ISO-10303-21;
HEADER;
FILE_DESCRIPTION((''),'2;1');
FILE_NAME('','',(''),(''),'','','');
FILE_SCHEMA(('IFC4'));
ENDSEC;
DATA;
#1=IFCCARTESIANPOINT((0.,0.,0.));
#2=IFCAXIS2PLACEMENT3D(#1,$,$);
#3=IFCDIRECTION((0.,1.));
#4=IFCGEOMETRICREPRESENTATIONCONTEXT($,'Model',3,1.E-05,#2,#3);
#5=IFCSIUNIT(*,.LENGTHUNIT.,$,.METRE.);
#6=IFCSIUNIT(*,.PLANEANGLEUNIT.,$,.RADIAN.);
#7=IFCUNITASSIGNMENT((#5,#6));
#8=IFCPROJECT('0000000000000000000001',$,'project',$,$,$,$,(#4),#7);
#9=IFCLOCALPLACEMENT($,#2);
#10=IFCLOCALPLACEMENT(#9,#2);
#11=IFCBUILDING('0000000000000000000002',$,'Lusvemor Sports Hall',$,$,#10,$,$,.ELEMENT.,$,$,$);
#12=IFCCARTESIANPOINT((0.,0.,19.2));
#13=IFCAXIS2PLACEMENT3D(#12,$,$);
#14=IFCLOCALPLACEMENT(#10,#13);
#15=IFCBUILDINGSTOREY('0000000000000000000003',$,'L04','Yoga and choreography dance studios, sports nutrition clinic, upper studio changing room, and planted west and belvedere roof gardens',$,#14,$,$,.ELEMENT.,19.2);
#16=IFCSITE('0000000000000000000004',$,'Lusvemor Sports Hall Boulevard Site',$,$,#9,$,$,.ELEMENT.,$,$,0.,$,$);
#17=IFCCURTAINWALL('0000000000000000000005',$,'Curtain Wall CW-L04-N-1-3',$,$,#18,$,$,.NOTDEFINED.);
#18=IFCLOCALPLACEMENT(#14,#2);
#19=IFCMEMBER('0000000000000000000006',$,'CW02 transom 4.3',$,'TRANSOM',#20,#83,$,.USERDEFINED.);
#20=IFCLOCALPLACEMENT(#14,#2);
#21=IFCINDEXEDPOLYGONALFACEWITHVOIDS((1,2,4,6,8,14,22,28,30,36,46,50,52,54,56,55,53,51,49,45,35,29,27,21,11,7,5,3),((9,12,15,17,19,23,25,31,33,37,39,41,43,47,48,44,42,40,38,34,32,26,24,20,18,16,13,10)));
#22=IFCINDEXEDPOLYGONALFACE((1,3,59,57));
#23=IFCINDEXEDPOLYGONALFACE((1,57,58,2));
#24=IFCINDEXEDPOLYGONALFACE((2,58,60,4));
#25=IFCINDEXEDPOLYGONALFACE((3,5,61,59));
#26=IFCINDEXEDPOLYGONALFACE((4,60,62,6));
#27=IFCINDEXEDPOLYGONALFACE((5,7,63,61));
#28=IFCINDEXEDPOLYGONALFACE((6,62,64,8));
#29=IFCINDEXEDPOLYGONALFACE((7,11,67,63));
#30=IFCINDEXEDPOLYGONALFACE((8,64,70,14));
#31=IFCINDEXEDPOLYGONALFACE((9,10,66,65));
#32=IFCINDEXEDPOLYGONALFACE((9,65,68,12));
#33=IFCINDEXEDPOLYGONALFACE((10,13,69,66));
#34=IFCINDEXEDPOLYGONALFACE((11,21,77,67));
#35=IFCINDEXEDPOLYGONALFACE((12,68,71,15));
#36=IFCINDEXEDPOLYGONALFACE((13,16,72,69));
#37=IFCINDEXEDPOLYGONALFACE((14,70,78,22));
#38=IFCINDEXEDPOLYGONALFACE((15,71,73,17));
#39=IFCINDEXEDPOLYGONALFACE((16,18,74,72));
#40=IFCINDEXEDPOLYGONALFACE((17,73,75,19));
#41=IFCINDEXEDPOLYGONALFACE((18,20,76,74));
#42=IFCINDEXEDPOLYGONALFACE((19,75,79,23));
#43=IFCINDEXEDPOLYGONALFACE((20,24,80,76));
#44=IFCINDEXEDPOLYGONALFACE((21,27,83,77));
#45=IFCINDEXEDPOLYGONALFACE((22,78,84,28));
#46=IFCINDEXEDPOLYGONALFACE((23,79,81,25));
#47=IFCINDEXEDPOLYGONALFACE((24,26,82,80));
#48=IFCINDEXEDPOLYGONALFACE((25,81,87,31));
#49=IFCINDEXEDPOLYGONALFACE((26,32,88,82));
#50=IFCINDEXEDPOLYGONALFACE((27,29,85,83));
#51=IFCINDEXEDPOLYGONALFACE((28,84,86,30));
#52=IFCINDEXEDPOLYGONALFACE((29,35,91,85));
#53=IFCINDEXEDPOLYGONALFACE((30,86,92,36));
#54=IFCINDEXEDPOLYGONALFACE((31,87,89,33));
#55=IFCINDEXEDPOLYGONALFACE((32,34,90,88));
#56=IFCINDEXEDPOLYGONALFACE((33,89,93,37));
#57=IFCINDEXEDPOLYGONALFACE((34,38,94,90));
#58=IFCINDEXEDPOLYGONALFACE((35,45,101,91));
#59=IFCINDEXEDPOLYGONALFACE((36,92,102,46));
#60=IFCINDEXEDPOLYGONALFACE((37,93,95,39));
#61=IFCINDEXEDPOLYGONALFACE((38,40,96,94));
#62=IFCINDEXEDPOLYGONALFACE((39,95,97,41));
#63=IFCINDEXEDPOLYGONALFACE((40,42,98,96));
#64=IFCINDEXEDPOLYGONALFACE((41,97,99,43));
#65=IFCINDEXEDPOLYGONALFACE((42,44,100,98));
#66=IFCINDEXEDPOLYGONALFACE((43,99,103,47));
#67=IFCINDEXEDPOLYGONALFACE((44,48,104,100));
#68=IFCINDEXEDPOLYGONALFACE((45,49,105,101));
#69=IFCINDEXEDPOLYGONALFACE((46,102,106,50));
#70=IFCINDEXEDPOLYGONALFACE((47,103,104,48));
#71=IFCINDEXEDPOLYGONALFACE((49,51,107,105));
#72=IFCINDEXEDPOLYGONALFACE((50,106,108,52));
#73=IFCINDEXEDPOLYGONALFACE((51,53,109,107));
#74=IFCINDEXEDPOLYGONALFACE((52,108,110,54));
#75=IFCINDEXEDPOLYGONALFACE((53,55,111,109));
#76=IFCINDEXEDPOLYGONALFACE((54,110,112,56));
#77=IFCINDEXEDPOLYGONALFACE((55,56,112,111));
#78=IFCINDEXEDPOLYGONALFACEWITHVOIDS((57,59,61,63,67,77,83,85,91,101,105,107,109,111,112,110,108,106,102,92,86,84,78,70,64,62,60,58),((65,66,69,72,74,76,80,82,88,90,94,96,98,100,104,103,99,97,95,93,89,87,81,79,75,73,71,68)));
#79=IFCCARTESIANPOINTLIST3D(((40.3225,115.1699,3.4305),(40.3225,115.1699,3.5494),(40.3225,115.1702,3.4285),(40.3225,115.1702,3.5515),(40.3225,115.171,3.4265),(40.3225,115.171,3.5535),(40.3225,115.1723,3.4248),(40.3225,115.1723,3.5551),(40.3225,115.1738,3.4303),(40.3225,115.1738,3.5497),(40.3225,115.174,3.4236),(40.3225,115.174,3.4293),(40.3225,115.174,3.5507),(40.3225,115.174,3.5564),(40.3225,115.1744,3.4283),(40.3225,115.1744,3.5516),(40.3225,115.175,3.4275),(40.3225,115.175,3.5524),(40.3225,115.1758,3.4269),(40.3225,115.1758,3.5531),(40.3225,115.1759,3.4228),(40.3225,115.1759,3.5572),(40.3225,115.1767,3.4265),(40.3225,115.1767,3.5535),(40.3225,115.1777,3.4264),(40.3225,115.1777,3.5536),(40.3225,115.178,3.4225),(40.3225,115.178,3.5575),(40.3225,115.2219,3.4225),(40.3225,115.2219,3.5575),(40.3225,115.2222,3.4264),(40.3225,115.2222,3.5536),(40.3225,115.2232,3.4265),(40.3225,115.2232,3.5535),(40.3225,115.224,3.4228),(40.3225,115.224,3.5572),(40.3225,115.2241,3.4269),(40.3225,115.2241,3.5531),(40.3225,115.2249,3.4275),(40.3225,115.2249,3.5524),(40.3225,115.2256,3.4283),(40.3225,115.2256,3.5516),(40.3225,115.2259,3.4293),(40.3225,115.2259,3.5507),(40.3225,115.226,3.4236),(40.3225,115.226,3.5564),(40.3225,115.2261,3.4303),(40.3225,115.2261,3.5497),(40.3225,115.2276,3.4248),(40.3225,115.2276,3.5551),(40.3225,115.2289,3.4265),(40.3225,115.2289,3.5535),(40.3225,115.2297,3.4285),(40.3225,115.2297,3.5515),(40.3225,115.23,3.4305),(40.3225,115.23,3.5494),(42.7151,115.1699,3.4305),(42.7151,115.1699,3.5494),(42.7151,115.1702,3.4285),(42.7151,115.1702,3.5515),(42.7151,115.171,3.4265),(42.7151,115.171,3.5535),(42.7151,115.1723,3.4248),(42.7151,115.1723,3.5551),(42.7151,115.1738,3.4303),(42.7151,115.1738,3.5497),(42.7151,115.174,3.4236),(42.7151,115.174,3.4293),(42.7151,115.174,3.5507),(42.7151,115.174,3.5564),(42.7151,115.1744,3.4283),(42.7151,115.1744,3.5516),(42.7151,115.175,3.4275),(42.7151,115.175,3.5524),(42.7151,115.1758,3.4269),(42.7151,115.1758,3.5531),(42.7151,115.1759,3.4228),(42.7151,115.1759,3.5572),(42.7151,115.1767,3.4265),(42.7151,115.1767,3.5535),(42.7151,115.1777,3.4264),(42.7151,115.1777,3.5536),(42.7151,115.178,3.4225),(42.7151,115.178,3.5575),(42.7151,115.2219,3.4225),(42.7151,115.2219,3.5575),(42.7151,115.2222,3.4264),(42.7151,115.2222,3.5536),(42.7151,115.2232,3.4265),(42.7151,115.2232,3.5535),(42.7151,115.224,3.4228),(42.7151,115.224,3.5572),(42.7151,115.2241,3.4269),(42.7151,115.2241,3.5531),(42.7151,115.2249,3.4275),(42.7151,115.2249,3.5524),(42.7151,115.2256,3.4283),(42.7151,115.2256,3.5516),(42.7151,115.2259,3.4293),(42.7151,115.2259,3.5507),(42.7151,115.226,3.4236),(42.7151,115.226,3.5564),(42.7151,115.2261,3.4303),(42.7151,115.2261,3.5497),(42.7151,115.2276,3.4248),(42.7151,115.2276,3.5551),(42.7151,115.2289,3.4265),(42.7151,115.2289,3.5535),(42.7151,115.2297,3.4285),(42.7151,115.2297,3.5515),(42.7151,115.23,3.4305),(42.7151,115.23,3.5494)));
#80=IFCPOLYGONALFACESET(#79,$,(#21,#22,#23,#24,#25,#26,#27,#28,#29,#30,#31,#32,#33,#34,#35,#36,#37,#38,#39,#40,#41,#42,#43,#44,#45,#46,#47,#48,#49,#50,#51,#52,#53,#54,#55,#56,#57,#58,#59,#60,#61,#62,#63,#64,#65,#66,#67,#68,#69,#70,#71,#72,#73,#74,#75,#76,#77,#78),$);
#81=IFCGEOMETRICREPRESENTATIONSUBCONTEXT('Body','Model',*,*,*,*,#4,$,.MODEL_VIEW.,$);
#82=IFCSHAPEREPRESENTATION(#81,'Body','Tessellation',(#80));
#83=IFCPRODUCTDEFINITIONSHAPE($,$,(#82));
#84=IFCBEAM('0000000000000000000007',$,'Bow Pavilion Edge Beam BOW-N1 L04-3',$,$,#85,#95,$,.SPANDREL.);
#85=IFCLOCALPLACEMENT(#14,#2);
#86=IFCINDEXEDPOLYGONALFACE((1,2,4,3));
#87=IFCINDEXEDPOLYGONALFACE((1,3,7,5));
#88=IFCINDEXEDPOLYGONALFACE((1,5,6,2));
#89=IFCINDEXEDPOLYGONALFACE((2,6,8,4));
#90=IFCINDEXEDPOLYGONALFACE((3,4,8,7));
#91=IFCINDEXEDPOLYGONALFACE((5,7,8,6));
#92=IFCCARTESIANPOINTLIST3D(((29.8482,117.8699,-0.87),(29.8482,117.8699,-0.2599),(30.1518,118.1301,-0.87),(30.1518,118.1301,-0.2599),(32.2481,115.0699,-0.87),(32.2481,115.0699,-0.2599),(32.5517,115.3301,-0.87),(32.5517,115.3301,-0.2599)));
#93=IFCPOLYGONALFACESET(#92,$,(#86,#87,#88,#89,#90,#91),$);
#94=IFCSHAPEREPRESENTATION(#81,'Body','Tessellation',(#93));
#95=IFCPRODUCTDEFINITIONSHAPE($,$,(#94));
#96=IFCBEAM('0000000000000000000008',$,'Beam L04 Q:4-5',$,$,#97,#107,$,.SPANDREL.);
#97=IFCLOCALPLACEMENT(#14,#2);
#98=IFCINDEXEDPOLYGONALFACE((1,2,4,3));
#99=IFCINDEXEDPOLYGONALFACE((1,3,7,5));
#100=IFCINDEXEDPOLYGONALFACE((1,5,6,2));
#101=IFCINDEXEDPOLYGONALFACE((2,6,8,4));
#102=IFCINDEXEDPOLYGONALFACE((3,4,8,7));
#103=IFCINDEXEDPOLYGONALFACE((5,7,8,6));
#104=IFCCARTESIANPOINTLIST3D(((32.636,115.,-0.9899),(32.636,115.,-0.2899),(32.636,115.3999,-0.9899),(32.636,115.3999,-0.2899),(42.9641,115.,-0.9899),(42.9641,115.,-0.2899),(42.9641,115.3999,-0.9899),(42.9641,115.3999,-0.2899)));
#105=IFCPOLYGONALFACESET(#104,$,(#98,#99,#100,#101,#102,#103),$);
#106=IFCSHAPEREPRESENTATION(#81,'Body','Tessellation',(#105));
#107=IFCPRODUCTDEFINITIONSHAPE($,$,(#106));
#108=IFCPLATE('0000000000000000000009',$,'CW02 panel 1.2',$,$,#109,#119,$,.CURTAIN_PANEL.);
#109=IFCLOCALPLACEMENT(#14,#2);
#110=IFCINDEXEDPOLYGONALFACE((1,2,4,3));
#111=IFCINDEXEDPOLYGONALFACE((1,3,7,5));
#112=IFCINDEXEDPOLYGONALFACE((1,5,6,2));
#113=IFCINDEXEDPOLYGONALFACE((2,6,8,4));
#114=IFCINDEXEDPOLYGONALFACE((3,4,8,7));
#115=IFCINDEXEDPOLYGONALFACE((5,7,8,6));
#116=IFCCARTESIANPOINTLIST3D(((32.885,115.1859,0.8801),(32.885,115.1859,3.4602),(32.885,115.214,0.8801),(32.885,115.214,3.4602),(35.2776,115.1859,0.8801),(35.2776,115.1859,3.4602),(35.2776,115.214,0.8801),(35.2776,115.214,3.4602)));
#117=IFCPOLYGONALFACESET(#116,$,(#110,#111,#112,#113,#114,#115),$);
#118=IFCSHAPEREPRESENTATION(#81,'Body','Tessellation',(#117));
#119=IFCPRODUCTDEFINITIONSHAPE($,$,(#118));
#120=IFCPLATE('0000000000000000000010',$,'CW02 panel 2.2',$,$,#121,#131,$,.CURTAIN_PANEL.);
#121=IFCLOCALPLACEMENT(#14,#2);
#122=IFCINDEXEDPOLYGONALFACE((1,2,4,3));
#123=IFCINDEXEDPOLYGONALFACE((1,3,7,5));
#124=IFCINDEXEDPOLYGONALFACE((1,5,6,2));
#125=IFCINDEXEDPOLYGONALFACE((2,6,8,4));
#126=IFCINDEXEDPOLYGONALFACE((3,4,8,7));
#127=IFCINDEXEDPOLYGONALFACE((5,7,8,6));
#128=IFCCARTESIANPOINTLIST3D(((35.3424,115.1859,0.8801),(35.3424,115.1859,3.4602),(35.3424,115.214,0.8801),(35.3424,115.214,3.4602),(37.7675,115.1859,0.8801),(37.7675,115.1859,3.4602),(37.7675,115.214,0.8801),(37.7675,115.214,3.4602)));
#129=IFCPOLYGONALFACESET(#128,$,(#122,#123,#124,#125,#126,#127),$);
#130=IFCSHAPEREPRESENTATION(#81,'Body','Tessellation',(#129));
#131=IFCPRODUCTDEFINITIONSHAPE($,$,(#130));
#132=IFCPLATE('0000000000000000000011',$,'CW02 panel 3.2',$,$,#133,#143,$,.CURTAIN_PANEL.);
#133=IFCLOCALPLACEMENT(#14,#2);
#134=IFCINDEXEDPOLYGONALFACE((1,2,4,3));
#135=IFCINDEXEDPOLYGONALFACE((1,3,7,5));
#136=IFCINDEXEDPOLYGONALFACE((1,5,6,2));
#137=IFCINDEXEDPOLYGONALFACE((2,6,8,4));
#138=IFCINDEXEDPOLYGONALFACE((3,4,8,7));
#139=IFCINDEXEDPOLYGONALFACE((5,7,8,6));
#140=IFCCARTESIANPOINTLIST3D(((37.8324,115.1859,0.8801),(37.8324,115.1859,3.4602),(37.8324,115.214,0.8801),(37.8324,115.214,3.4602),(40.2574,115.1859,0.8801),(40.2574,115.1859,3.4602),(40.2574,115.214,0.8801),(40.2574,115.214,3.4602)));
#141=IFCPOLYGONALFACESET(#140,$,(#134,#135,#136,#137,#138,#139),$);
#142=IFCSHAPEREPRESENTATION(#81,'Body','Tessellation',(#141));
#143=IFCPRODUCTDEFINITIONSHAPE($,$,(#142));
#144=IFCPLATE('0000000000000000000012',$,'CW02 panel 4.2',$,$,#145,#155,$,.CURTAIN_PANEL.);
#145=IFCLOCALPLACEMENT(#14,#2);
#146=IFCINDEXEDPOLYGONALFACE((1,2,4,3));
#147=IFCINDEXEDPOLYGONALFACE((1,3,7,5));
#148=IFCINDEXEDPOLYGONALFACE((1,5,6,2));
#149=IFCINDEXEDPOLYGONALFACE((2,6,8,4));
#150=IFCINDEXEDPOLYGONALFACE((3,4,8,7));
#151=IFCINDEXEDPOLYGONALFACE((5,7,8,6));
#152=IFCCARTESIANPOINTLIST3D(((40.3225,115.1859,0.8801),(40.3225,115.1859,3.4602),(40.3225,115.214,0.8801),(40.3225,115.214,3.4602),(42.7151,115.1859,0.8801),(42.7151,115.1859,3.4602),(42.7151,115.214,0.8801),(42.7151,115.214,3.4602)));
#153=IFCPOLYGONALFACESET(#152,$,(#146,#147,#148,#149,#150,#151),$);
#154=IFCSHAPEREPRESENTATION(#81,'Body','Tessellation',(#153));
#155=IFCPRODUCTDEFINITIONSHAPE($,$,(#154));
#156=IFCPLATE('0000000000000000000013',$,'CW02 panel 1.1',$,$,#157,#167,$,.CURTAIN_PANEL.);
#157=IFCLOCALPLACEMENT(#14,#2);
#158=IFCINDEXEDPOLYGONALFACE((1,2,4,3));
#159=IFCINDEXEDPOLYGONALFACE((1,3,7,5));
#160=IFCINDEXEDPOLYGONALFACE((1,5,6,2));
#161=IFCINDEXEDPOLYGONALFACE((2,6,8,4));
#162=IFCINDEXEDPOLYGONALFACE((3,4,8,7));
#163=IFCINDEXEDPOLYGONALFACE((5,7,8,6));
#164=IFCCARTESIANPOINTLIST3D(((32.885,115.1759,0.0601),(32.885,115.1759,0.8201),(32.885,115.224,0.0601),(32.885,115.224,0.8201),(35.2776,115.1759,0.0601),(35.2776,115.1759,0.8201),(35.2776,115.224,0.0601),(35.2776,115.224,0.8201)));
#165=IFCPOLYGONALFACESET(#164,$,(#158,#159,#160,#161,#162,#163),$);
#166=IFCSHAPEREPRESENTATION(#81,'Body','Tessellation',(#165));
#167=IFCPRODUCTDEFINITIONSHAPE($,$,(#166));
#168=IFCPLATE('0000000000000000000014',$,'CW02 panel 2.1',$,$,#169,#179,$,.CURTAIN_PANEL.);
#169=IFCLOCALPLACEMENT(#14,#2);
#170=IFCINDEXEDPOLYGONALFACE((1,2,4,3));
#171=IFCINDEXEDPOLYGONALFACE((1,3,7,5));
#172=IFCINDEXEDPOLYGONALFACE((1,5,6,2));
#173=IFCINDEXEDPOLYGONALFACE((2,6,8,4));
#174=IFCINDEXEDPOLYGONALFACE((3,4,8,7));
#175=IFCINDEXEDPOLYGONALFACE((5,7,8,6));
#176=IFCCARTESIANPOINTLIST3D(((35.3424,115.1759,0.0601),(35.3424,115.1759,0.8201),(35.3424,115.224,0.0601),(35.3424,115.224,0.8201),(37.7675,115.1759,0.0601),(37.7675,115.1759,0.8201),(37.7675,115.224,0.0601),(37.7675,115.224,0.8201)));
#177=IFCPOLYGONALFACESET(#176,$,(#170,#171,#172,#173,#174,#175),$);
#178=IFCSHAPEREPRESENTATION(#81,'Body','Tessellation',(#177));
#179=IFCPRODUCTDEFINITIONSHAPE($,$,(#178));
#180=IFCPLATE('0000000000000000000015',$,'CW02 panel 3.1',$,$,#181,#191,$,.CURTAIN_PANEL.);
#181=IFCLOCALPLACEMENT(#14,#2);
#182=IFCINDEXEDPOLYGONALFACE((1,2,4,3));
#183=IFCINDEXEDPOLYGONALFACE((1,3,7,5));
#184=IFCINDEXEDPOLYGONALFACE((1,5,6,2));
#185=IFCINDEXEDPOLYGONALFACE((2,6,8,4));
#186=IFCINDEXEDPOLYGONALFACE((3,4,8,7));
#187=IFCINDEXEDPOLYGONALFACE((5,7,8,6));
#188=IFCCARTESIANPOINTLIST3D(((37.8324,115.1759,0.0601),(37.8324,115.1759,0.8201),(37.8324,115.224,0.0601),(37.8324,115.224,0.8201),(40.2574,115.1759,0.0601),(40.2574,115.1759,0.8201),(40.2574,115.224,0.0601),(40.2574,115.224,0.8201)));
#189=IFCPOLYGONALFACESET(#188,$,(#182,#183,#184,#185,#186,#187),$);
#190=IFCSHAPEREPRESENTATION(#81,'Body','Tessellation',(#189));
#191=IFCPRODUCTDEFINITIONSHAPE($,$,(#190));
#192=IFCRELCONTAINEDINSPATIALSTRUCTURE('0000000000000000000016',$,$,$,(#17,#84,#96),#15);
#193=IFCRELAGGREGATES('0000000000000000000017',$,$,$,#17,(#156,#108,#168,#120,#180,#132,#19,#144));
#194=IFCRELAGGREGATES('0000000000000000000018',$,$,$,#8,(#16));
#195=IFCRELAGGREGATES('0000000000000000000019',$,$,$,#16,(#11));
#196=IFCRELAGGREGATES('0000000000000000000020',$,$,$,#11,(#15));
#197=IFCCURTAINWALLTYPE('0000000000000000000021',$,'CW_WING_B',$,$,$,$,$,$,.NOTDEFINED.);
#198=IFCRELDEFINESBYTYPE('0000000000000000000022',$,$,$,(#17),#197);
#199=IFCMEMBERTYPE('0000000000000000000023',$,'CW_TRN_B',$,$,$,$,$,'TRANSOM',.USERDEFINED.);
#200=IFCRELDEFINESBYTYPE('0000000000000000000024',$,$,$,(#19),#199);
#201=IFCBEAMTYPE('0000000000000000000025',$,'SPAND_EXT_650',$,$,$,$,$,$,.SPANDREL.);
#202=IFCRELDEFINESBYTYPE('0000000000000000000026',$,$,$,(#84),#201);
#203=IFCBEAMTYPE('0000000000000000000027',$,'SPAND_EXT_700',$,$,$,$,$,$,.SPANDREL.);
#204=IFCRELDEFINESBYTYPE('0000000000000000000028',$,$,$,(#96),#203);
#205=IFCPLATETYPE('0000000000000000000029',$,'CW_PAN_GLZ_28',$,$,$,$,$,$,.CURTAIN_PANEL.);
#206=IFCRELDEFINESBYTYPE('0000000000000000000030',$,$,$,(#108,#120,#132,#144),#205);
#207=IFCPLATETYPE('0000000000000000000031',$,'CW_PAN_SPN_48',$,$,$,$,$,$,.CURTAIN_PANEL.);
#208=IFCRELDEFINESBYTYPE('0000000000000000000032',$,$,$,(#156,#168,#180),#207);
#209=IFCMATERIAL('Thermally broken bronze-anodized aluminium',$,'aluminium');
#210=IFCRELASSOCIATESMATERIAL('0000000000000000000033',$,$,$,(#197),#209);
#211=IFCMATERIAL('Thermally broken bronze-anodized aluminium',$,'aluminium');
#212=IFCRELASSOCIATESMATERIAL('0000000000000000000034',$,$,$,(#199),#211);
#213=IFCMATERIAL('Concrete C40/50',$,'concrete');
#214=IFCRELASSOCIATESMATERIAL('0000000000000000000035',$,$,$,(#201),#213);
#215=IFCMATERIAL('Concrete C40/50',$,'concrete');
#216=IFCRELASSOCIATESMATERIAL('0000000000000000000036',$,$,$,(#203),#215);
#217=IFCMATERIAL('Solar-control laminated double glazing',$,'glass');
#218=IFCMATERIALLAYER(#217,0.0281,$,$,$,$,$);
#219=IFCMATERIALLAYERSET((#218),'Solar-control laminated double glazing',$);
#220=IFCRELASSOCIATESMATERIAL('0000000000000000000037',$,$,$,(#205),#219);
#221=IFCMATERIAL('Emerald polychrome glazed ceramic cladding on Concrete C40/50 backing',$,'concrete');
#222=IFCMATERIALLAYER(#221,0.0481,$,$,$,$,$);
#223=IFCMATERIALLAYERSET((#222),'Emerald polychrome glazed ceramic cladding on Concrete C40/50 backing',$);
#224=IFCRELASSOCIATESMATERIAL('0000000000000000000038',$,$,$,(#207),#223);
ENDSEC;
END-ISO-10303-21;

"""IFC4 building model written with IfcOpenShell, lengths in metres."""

from ifc_helpers import new_model, si_unit, direction, frame, origin, origin_2d, place, context, subcontext, project, spatial, rectangle, hollow_rectangle, extrude, material, layer, layer_set, material_profile, profile_set, type_object, element, aggregate, save


model = new_model("IFC4")

# Units and contexts
model_context = context("Model", 3, precision=1e-05, world=origin(), true_north=direction((0.0, 1.0)))
body_context = subcontext(model_context, "Body", "Model", "MODEL_VIEW")
ifc_project = project(units=[si_unit("LENGTHUNIT", "METRE"), si_unit("PLANEANGLEUNIT", "RADIAN")], contexts=[model_context])

# Site, building, storey
site_placement = place(None, origin())
site = spatial("IfcSite", under=ifc_project, at=site_placement, Name="Lusvemor Sports Hall Boulevard Site", CompositionType="ELEMENT", RefElevation=0.0)
building_placement = place(site_placement, origin())
building = spatial("IfcBuilding", under=site, at=building_placement, Name="Lusvemor Sports Hall", CompositionType="ELEMENT")
storey_placement = place(building_placement, frame((0.0, 0.0, 19.2)))
storey = spatial("IfcBuildingStorey", under=building, at=storey_placement, Name="L04", Description="Yoga and choreography dance studios, sports nutrition clinic, upper studio changing room, and planted west and belvedere roof gardens", CompositionType="ELEMENT", Elevation=19.2)

# Curtain wall, member
ifc_material_1 = material(Name="Thermally broken bronze-anodized aluminium", Category="aluminium")
curtain_wall_type_1 = type_object("IfcCurtainWallType", Name="CW_WING_B", PredefinedType="NOTDEFINED", material=ifc_material_1)
curtain_wall_1_placement = place(storey_placement, origin())
curtain_wall_1 = element("IfcCurtainWall", 1, at=curtain_wall_1_placement, inside=storey, type_object=curtain_wall_type_1, Name="Curtain Wall CW-L04-N-1-3", PredefinedType="NOTDEFINED")
ifc_material_2 = material(Name="Thermally broken bronze-anodized aluminium", Category="aluminium")
ifc_material_profile_1 = material_profile(ifc_material_2, hollow_rectangle(XDim=0.0601, YDim=0.135, WallThickness=0.0039, InnerFilletRadius=0.0039, OuterFilletRadius=0.0081, at=origin_2d()), Name="CWTRN135x60x4")
ifc_profile_set_1 = profile_set([ifc_material_profile_1], Name="Thermally broken bronze-anodized aluminium")
member_type_1 = type_object("IfcMemberType", Name="CW_TRN_B", ElementType="TRANSOM", PredefinedType="USERDEFINED", material=ifc_profile_set_1)
member_1_placement = place(storey_placement, frame((40.3225, 115.2, 3.49), z_axis=(1.0, 0.0, 0.0), x_axis=(0.0, 1.0, 0.0)))
member_1 = element("IfcMember", 2, at=member_1_placement, type_object=member_type_1, Name="CW02 transom 4.3", ObjectType="TRANSOM", PredefinedType="USERDEFINED", context=body_context, shape_type="SweptSolid", body=[
    extrude(hollow_rectangle(XDim=0.0601, YDim=0.135, WallThickness=0.0039, InnerFilletRadius=0.0039, OuterFilletRadius=0.0081, at=origin_2d()), origin(), (0.0, 0.0, 1.0), 2.3926),
])

# Beams
ifc_material_3 = material(Name="Concrete C40/50", Category="concrete")
ifc_material_profile_2 = material_profile(ifc_material_3, rectangle(XDim=0.3999, YDim=0.6101, at=origin_2d()), Name="RC400x610")
ifc_profile_set_2 = profile_set([ifc_material_profile_2], Name="Concrete C40/50")
beam_type_1 = type_object("IfcBeamType", Name="SPAND_EXT_650", PredefinedType="SPANDREL", material=ifc_profile_set_2)
beam_1_placement = place(storey_placement, frame((30.0, 118.0, -0.5649), z_axis=(0.65077, -0.759275, 0.0), x_axis=(0.759275, 0.65077, 0.0)))
element("IfcBeam", 3, at=beam_1_placement, inside=storey, type_object=beam_type_1, Name="Bow Pavilion Edge Beam BOW-N1 L04-3", PredefinedType="SPANDREL", context=body_context, shape_type="SweptSolid", body=[
    extrude(rectangle(XDim=0.3999, YDim=0.6101, at=origin_2d()), origin(), (0.0, 0.0, 1.0), 3.6877),
])
ifc_material_4 = material(Name="Concrete C40/50", Category="concrete")
ifc_material_profile_3 = material_profile(ifc_material_4, rectangle(XDim=0.3999, YDim=0.7, at=origin_2d()), Name="RC400x700")
ifc_profile_set_3 = profile_set([ifc_material_profile_3], Name="Concrete C40/50")
beam_type_2 = type_object("IfcBeamType", Name="SPAND_EXT_700", PredefinedType="SPANDREL", material=ifc_profile_set_3)
beam_2_placement = place(storey_placement, frame((32.636, 115.2, -0.6399), z_axis=(1.0, 0.0, 0.0), x_axis=(0.0, 1.0, 0.0)))
element("IfcBeam", 4, at=beam_2_placement, inside=storey, type_object=beam_type_2, Name="Beam L04 Q:4-5", PredefinedType="SPANDREL", context=body_context, shape_type="SweptSolid", body=[
    extrude(rectangle(XDim=0.3999, YDim=0.7, at=origin_2d()), origin(), (0.0, 0.0, 1.0), 10.3281),
])

# Plates
ifc_material_5 = material(Name="Solar-control laminated double glazing", Category="glass")
ifc_layer_1 = layer(ifc_material_5, 0.0281)
ifc_layer_set_1 = layer_set([ifc_layer_1], Name="Solar-control laminated double glazing")
plate_type_1 = type_object("IfcPlateType", Name="CW_PAN_GLZ_28", PredefinedType="CURTAIN_PANEL", material=ifc_layer_set_1)
plate_1_placement = place(storey_placement, frame((34.0813, 115.2, 0.8801), z_axis=(0.0, 0.0, 1.0), x_axis=(1.0, 0.0, 0.0)))
plate_1 = element("IfcPlate", 5, at=plate_1_placement, type_object=plate_type_1, Name="CW02 panel 1.2", PredefinedType="CURTAIN_PANEL", context=body_context, shape_type="SweptSolid", body=[
    extrude(rectangle(XDim=2.3926, YDim=0.0281, at=origin_2d()), origin(), (0.0, 0.0, 1.0), 2.5801),
])
plate_2_placement = place(storey_placement, frame((36.5549, 115.2, 0.8801), z_axis=(0.0, 0.0, 1.0), x_axis=(1.0, 0.0, 0.0)))
plate_2 = element("IfcPlate", 6, at=plate_2_placement, type_object=plate_type_1, Name="CW02 panel 2.2", PredefinedType="CURTAIN_PANEL", context=body_context, shape_type="SweptSolid", body=[
    extrude(rectangle(XDim=2.425, YDim=0.0281, at=origin_2d()), origin(), (0.0, 0.0, 1.0), 2.5801),
])
plate_3_placement = place(storey_placement, frame((39.0449, 115.2, 0.8801), z_axis=(0.0, 0.0, 1.0), x_axis=(1.0, 0.0, 0.0)))
plate_3 = element("IfcPlate", 7, at=plate_3_placement, type_object=plate_type_1, Name="CW02 panel 3.2", PredefinedType="CURTAIN_PANEL", context=body_context, shape_type="SweptSolid", body=[
    extrude(rectangle(XDim=2.425, YDim=0.0281, at=origin_2d()), origin(), (0.0, 0.0, 1.0), 2.5801),
])
plate_4_placement = place(storey_placement, frame((41.5188, 115.2, 0.8801), z_axis=(0.0, 0.0, 1.0), x_axis=(1.0, 0.0, 0.0)))
plate_4 = element("IfcPlate", 8, at=plate_4_placement, type_object=plate_type_1, Name="CW02 panel 4.2", PredefinedType="CURTAIN_PANEL", context=body_context, shape_type="SweptSolid", body=[
    extrude(rectangle(XDim=2.3926, YDim=0.0281, at=origin_2d()), origin(), (0.0, 0.0, 1.0), 2.5801),
])
ifc_material_6 = material(Name="Emerald polychrome glazed ceramic cladding on Concrete C40/50 backing", Category="concrete")
ifc_layer_2 = layer(ifc_material_6, 0.0481)
ifc_layer_set_2 = layer_set([ifc_layer_2], Name="Emerald polychrome glazed ceramic cladding on Concrete C40/50 backing")
plate_type_2 = type_object("IfcPlateType", Name="CW_PAN_SPN_48", PredefinedType="CURTAIN_PANEL", material=ifc_layer_set_2)
plate_5_placement = place(storey_placement, frame((34.0813, 115.2, 0.0601), z_axis=(0.0, 0.0, 1.0), x_axis=(1.0, 0.0, 0.0)))
plate_5 = element("IfcPlate", 9, at=plate_5_placement, type_object=plate_type_2, Name="CW02 panel 1.1", PredefinedType="CURTAIN_PANEL", context=body_context, shape_type="SweptSolid", body=[
    extrude(rectangle(XDim=2.3926, YDim=0.0481, at=origin_2d()), origin(), (0.0, 0.0, 1.0), 0.76),
])
plate_6_placement = place(storey_placement, frame((36.5549, 115.2, 0.0601), z_axis=(0.0, 0.0, 1.0), x_axis=(1.0, 0.0, 0.0)))
plate_6 = element("IfcPlate", 10, at=plate_6_placement, type_object=plate_type_2, Name="CW02 panel 2.1", PredefinedType="CURTAIN_PANEL", context=body_context, shape_type="SweptSolid", body=[
    extrude(rectangle(XDim=2.425, YDim=0.0481, at=origin_2d()), origin(), (0.0, 0.0, 1.0), 0.76),
])
plate_7_placement = place(storey_placement, frame((39.0449, 115.2, 0.0601), z_axis=(0.0, 0.0, 1.0), x_axis=(1.0, 0.0, 0.0)))
plate_7 = element("IfcPlate", 11, at=plate_7_placement, type_object=plate_type_2, Name="CW02 panel 3.1", PredefinedType="CURTAIN_PANEL", context=body_context, shape_type="SweptSolid", body=[
    extrude(rectangle(XDim=2.425, YDim=0.0481, at=origin_2d()), origin(), (0.0, 0.0, 1.0), 0.76),
])
aggregate(curtain_wall_1, [plate_5, plate_1, plate_6, plate_2, plate_7, plate_3, member_1, plate_4])

save(model, "model.ifc")
